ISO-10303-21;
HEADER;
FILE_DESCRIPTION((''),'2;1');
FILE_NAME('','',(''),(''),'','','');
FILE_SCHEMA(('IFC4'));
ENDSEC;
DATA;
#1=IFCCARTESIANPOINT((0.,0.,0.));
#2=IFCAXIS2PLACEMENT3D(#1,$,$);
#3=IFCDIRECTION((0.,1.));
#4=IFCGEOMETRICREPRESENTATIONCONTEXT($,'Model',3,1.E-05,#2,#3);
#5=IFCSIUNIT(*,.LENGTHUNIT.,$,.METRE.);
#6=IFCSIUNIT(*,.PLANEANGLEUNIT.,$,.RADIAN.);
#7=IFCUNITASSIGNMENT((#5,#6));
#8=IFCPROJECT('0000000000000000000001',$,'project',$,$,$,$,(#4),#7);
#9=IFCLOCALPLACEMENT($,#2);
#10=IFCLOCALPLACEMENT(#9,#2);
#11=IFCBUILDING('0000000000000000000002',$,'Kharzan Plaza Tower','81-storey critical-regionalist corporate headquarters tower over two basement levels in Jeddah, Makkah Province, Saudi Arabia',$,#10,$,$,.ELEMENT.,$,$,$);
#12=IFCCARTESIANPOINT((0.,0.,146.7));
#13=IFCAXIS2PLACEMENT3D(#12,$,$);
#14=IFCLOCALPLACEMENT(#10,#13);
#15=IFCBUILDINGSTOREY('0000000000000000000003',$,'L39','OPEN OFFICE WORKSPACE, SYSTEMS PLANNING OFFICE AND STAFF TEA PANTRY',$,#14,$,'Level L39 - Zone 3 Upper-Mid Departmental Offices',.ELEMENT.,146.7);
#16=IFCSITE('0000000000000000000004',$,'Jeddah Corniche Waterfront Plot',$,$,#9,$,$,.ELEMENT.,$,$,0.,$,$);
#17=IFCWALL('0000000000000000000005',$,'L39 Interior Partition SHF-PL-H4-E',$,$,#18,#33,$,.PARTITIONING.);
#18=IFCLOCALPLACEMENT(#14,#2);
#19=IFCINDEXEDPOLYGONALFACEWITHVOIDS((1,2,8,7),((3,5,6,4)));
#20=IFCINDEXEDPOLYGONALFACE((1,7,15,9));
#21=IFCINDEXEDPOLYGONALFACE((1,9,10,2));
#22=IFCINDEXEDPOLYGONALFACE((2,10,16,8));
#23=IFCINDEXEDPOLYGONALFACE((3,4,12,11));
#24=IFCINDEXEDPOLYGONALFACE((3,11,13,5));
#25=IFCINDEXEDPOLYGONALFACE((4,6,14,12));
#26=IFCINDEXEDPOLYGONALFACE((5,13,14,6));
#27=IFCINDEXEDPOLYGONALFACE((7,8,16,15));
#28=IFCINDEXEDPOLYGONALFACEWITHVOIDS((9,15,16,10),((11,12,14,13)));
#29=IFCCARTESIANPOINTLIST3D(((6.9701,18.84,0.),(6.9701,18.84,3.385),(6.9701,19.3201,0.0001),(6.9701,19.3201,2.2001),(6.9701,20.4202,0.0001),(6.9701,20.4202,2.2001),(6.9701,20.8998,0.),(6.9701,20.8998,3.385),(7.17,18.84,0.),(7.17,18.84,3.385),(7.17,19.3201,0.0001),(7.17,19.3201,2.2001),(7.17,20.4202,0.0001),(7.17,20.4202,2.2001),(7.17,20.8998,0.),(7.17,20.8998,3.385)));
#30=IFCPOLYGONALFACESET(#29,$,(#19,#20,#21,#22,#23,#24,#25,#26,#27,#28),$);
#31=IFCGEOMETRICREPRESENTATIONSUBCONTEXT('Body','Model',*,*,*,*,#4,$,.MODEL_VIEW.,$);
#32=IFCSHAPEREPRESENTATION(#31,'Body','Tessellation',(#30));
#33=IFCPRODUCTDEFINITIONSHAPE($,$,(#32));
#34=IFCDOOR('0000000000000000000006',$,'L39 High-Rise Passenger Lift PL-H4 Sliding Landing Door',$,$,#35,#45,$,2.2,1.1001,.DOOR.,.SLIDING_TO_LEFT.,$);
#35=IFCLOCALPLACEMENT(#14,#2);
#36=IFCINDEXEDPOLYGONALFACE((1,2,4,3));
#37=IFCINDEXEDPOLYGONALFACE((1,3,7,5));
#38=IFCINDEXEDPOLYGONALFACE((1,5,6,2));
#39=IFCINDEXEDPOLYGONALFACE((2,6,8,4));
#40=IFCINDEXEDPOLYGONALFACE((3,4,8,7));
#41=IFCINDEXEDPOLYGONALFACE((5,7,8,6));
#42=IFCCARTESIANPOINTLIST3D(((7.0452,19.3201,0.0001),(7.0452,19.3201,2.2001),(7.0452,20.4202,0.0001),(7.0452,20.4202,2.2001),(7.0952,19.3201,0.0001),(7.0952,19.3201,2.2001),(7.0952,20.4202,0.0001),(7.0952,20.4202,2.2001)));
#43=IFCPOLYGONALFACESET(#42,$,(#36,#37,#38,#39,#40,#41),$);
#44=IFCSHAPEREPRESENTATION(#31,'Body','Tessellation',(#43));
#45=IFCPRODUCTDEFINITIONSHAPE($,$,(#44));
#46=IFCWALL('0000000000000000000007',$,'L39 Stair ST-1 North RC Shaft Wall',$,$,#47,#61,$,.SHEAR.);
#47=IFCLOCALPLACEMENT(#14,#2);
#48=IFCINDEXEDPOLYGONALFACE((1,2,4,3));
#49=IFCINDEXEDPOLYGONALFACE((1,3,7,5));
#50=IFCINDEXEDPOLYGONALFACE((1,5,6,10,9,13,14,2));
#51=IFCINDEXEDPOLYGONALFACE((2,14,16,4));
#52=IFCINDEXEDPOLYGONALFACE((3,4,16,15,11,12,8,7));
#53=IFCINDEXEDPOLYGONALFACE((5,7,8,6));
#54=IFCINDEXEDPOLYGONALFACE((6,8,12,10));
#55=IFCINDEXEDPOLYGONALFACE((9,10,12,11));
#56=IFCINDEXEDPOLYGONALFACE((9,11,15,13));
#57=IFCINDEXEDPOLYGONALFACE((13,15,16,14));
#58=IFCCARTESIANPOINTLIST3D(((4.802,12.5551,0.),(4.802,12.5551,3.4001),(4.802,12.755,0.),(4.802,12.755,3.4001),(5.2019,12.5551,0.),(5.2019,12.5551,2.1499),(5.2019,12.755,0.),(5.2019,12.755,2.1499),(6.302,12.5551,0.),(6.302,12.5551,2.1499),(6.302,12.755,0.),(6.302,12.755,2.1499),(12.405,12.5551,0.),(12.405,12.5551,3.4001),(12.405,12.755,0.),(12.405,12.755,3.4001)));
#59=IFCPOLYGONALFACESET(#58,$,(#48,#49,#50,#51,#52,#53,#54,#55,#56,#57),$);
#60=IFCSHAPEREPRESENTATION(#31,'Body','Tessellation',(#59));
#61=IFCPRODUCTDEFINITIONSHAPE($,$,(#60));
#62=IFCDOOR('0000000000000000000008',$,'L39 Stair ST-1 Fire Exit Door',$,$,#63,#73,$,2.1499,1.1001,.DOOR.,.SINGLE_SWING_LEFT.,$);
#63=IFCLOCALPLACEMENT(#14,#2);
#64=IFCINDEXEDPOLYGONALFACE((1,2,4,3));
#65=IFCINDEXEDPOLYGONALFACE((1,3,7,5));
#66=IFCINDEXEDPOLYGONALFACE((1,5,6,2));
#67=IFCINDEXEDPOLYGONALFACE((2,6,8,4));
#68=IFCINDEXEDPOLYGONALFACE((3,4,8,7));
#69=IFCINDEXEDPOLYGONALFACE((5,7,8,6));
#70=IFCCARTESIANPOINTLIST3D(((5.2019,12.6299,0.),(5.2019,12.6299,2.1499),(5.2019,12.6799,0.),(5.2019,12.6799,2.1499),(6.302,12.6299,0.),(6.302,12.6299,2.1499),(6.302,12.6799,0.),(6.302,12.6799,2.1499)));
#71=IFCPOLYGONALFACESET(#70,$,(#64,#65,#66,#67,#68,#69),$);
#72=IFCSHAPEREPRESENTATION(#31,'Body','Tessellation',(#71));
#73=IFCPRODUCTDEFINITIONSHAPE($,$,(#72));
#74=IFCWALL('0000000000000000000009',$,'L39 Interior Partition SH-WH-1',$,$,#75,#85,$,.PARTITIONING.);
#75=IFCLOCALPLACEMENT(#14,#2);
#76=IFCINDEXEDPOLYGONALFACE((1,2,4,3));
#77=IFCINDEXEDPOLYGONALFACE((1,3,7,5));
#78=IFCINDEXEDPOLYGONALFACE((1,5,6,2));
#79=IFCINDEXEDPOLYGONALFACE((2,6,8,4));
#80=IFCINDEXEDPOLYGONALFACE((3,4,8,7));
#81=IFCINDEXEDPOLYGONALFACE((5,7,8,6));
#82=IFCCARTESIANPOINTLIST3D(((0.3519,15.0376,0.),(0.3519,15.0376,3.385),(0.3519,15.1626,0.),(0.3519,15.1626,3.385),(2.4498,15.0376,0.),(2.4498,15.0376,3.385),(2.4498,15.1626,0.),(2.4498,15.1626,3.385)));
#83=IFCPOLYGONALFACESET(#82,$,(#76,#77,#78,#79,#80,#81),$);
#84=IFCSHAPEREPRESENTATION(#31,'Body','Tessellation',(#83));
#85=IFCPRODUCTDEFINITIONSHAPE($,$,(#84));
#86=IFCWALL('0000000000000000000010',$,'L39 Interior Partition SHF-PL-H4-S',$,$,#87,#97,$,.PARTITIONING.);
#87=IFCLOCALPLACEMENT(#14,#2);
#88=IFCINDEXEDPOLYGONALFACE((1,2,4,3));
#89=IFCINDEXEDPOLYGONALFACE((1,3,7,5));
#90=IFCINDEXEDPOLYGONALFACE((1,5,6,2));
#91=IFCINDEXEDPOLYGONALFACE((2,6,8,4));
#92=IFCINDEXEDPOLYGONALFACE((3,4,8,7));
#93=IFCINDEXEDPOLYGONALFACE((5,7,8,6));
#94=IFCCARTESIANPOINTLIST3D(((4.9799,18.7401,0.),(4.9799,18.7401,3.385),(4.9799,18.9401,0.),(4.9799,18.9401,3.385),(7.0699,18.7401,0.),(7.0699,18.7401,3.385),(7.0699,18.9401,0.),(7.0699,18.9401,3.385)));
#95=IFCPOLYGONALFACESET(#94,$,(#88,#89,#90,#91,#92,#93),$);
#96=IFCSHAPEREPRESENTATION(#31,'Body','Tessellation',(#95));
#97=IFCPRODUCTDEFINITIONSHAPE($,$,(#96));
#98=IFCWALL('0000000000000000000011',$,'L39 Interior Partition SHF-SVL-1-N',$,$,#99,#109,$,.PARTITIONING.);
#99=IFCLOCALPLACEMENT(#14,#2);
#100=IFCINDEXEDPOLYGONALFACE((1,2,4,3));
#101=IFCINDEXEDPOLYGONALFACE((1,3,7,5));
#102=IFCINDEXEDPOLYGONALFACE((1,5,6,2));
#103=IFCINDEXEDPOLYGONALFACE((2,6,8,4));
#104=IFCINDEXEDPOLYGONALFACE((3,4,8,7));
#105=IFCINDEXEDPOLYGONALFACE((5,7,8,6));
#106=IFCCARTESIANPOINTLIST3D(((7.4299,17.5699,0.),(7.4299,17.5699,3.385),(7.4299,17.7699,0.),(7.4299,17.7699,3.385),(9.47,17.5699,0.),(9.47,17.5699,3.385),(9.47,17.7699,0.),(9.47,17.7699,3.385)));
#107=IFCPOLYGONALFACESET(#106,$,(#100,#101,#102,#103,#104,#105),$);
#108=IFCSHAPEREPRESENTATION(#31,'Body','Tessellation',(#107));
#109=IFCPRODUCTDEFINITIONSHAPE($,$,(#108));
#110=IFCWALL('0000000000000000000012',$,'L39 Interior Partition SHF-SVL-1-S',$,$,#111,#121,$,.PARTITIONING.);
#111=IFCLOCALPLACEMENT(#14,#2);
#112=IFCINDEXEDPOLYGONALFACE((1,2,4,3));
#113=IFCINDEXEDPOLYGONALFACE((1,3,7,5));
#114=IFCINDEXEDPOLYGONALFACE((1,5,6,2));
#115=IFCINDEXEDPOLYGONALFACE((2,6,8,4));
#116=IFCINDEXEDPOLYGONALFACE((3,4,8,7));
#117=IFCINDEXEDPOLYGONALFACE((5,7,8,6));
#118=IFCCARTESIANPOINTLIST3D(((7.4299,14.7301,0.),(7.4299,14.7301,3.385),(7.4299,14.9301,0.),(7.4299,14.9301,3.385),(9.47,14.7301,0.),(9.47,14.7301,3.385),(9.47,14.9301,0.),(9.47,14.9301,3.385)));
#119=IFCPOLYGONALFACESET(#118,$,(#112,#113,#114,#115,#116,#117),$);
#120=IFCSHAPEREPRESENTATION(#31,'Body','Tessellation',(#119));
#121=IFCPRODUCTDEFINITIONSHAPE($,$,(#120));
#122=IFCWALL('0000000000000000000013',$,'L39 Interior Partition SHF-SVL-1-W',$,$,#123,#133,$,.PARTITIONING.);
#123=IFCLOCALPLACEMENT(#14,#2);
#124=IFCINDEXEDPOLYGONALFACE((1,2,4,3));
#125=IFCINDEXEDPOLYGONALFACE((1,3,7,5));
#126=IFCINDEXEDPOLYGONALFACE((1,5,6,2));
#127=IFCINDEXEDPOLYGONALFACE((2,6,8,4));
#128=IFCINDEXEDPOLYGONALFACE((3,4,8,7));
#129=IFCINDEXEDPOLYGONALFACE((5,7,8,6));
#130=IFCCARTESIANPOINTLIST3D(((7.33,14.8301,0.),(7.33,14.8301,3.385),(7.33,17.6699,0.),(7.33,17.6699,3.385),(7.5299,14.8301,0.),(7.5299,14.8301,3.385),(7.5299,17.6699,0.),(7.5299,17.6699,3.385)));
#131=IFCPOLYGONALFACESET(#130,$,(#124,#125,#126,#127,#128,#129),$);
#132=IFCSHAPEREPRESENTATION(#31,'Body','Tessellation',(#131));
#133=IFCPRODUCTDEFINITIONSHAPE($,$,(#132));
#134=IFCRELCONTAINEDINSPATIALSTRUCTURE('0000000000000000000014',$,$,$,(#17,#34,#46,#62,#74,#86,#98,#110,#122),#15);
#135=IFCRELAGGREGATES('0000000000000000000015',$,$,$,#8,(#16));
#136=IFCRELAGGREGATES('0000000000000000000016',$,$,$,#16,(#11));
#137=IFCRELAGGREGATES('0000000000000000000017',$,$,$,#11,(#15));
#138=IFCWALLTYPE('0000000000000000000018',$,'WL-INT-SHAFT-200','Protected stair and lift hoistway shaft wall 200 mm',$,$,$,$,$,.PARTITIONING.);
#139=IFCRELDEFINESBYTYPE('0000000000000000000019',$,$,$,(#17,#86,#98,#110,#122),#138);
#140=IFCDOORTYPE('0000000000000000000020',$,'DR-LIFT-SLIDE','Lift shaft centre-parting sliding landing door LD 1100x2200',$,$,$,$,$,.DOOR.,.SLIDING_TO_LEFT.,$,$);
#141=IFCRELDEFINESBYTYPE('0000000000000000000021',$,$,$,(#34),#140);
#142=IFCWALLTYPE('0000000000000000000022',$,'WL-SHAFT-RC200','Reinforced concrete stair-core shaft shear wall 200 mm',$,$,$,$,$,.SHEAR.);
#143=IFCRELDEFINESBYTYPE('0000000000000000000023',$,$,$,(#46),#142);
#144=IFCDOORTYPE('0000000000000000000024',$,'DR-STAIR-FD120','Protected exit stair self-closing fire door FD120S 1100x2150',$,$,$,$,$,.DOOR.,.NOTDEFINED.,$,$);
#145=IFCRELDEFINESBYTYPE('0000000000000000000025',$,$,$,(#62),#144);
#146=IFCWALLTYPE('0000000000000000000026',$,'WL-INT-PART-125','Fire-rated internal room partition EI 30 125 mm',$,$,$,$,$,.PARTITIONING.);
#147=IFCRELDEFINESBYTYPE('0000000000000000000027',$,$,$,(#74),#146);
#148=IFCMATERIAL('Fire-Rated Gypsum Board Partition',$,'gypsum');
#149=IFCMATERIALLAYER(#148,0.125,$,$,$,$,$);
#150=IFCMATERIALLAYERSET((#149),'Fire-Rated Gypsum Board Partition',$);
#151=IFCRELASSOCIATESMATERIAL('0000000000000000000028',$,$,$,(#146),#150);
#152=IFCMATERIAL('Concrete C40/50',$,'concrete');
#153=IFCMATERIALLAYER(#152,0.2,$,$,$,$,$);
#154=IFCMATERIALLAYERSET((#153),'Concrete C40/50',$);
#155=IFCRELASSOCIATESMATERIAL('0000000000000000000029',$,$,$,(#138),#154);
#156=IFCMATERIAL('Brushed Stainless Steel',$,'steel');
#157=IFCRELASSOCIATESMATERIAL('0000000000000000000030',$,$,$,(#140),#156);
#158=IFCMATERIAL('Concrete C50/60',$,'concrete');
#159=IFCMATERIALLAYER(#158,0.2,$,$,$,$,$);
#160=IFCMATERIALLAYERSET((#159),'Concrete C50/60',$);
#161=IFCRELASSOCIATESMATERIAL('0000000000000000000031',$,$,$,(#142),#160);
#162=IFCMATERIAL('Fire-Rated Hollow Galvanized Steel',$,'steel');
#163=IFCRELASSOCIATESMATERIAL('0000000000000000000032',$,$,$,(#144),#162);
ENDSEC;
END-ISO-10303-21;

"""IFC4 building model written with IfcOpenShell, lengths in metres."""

from ifc_helpers import new_model, si_unit, direction, frame, frame_2d, origin, place, context, subcontext, project, spatial, rectangle, extrude, source, transform, mapped, material, layer, layer_set, type_object, element, fill, save


model = new_model("IFC4")

# Units and contexts
model_context = context("Model", 3, precision=1e-05, world=origin(), true_north=direction((0.0, 1.0)))
body_context = subcontext(model_context, "Body", "Model", "MODEL_VIEW")
ifc_project = project(units=[si_unit("LENGTHUNIT", "METRE"), si_unit("PLANEANGLEUNIT", "RADIAN")], contexts=[model_context])

# Site, building, storey
site_placement = place(None, origin())
site = spatial("IfcSite", under=ifc_project, at=site_placement, Name="Jeddah Corniche Waterfront Plot", CompositionType="ELEMENT", RefElevation=0.0)
building_placement = place(site_placement, origin())
building = spatial("IfcBuilding", under=site, at=building_placement, Name="Kharzan Plaza Tower", Description="81-storey critical-regionalist corporate headquarters tower over two basement levels in Jeddah, Makkah Province, Saudi Arabia", CompositionType="ELEMENT")
storey_placement = place(building_placement, frame((0.0, 0.0, 146.7)))
storey = spatial("IfcBuildingStorey", under=building, at=storey_placement, Name="L39", Description="OPEN OFFICE WORKSPACE, SYSTEMS PLANNING OFFICE AND STAFF TEA PANTRY", LongName="Level L39 - Zone 3 Upper-Mid Departmental Offices", CompositionType="ELEMENT", Elevation=146.7)

# Shared definitions
ifc_material_1 = material(Name="Concrete C50/60", Category="concrete")

# Shared definitions
ifc_material_2 = material(Name="Concrete C40/50", Category="concrete")

# Walls, openings, doors
ifc_material_3 = material(Name="Fire-Rated Gypsum Board Partition", Category="gypsum")
ifc_layer_1 = layer(ifc_material_3, 0.125)
ifc_layer_set_1 = layer_set([ifc_layer_1], Name="Fire-Rated Gypsum Board Partition")
wall_type_1 = type_object("IfcWallType", Name="WL-INT-PART-125", Description="Fire-rated internal room partition EI 30 125 mm", PredefinedType="PARTITIONING", material=ifc_layer_set_1)
ifc_layer_2 = layer(ifc_material_2, 0.2)
ifc_layer_set_2 = layer_set([ifc_layer_2], Name="Concrete C40/50")
wall_type_2 = type_object("IfcWallType", Name="WL-INT-SHAFT-200", Description="Protected stair and lift hoistway shaft wall 200 mm", PredefinedType="PARTITIONING", material=ifc_layer_set_2)
wall_1_placement = place(storey_placement, frame((7.0701, 18.8401, 0.0), z_axis=(0.0, 0.0, 1.0), x_axis=(0.0, 1.0, 0.0)))
wall_1 = element("IfcWall", 1, at=wall_1_placement, inside=storey, type_object=wall_type_2, Name="L39 Interior Partition SHF-PL-H4-E", PredefinedType="PARTITIONING", context=body_context, shape_type="SweptSolid", body=[
    extrude(rectangle(XDim=2.0598, YDim=0.2, at=frame_2d((1.0298, 0.0))), origin(), (0.0, 0.0, 1.0), 3.385),
])
opening_1_placement = place(wall_1_placement, frame((0.48, 0.0, 0.0)))
opening_1 = element("IfcOpeningElement", 2, at=opening_1_placement, cuts=wall_1, PredefinedType="OPENING", context=body_context, shape_type="SweptSolid", body=[
    extrude(rectangle(XDim=1.1001, YDim=2.2, at=frame_2d((0.55, 1.1001))), frame((0.0, 0.1099, 0.0), z_axis=(0.0, -1.0, 0.0), x_axis=(1.0, 0.0, 0.0)), (0.0, 0.0, 1.0), 0.22),
])
ifc_material_4 = material(Name="Brushed Stainless Steel", Category="steel")
door_type_1 = type_object("IfcDoorType", Name="DR-LIFT-SLIDE", Description="Lift shaft centre-parting sliding landing door LD 1100x2200", OperationType="SLIDING_TO_LEFT", PredefinedType="DOOR", material=ifc_material_4)
shared_shape_1 = source(origin(), body_context, "Body", "SweptSolid", [
    extrude(rectangle(XDim=1.1001, YDim=2.2, at=frame_2d((0.55, 1.1001))), frame((0.0, 0.0249, 0.0), z_axis=(0.0, -1.0, 0.0), x_axis=(1.0, 0.0, 0.0)), (0.0, 0.0, 1.0), 0.05),
])
door_1_placement = place(opening_1_placement, origin())
door_1 = element("IfcDoor", 3, at=door_1_placement, inside=storey, type_object=door_type_1, Name="L39 High-Rise Passenger Lift PL-H4 Sliding Landing Door", OperationType="SLIDING_TO_LEFT", OverallHeight=2.2, OverallWidth=1.1001, PredefinedType="DOOR", context=body_context, shape_type="MappedRepresentation", body=[
    mapped(shared_shape_1, transform((0.0, 0.0, 0.0), x_axis=(1.0, 0.0, 0.0), y_axis=(0.0, 1.0, 0.0), z_axis=(0.0, 0.0, 1.0))),
])
fill(opening_1, door_1)
ifc_layer_3 = layer(ifc_material_1, 0.2)
ifc_layer_set_3 = layer_set([ifc_layer_3], Name="Concrete C50/60")
wall_type_3 = type_object("IfcWallType", Name="WL-SHAFT-RC200", Description="Reinforced concrete stair-core shaft shear wall 200 mm", PredefinedType="SHEAR", material=ifc_layer_set_3)
wall_2_placement = place(storey_placement, frame((4.802, 12.655, 0.0), z_axis=(0.0, 0.0, 1.0), x_axis=(1.0, 0.0, 0.0)))
wall_2 = element("IfcWall", 4, at=wall_2_placement, inside=storey, type_object=wall_type_3, Name="L39 Stair ST-1 North RC Shaft Wall", PredefinedType="SHEAR", context=body_context, shape_type="SweptSolid", body=[
    extrude(rectangle(XDim=7.603, YDim=0.2, at=frame_2d((3.8015, 0.0))), origin(), (0.0, 0.0, 1.0), 3.4001),
])
opening_2_placement = place(wall_2_placement, frame((0.3999, 0.0, 0.0)))
opening_2 = element("IfcOpeningElement", 5, at=opening_2_placement, cuts=wall_2, PredefinedType="OPENING", context=body_context, shape_type="SweptSolid", body=[
    extrude(rectangle(XDim=1.1001, YDim=2.1499, at=frame_2d((0.55, 1.075))), frame((0.0, 0.1099, 0.0), z_axis=(0.0, -1.0, 0.0), x_axis=(1.0, 0.0, 0.0)), (0.0, 0.0, 1.0), 0.22),
])
ifc_material_5 = material(Name="Fire-Rated Hollow Galvanized Steel", Category="steel")
door_type_2 = type_object("IfcDoorType", Name="DR-STAIR-FD120", Description="Protected exit stair self-closing fire door FD120S 1100x2150", OperationType="NOTDEFINED", PredefinedType="DOOR", material=ifc_material_5)
shared_shape_2 = source(origin(), body_context, "Body", "SweptSolid", [
    extrude(rectangle(XDim=1.1001, YDim=2.1499, at=frame_2d((0.55, 1.075))), frame((0.0, 0.0249, 0.0), z_axis=(0.0, -1.0, 0.0), x_axis=(1.0, 0.0, 0.0)), (0.0, 0.0, 1.0), 0.05),
])
door_2_placement = place(opening_2_placement, origin())
door_2 = element("IfcDoor", 6, at=door_2_placement, inside=storey, type_object=door_type_2, Name="L39 Stair ST-1 Fire Exit Door", OperationType="SINGLE_SWING_LEFT", OverallHeight=2.1499, OverallWidth=1.1001, PredefinedType="DOOR", context=body_context, shape_type="MappedRepresentation", body=[
    mapped(shared_shape_2, transform((0.0, 0.0, 0.0), x_axis=(1.0, 0.0, 0.0), y_axis=(0.0, 1.0, 0.0), z_axis=(0.0, 0.0, 1.0))),
])
fill(opening_2, door_2)

# Walls
shared_shape_3 = source(origin(), body_context, "Body", "SweptSolid", [
    extrude(rectangle(XDim=2.0979, YDim=0.125, at=frame_2d((1.0488, 0.0))), origin(), (0.0, 0.0, 1.0), 3.385),
])
wall_3_placement = place(storey_placement, frame((0.3521, 15.1001, 0.0), z_axis=(0.0, 0.0, 1.0), x_axis=(1.0, 0.0, 0.0)))
element("IfcWall", 7, at=wall_3_placement, inside=storey, type_object=wall_type_1, Name="L39 Interior Partition SH-WH-1", PredefinedType="PARTITIONING", context=body_context, shape_type="MappedRepresentation", body=[
    mapped(shared_shape_3, transform((0.0, 0.0, 0.0), x_axis=(1.0, 0.0, 0.0), y_axis=(0.0, 1.0, 0.0), z_axis=(0.0, 0.0, 1.0))),
])
shared_shape_4 = source(origin(), body_context, "Body", "SweptSolid", [
    extrude(rectangle(XDim=2.0901, YDim=0.2, at=frame_2d((1.0449, 0.0))), origin(), (0.0, 0.0, 1.0), 3.385),
])
wall_4_placement = place(storey_placement, frame((4.98, 18.8401, 0.0), z_axis=(0.0, 0.0, 1.0), x_axis=(1.0, 0.0, 0.0)))
element("IfcWall", 8, at=wall_4_placement, inside=storey, type_object=wall_type_2, Name="L39 Interior Partition SHF-PL-H4-S", PredefinedType="PARTITIONING", context=body_context, shape_type="MappedRepresentation", body=[
    mapped(shared_shape_4, transform((0.0, 0.0, 0.0), x_axis=(1.0, 0.0, 0.0), y_axis=(0.0, 1.0, 0.0), z_axis=(0.0, 0.0, 1.0))),
])
shared_shape_5 = source(origin(), body_context, "Body", "SweptSolid", [
    extrude(rectangle(XDim=2.04, YDim=0.2, at=frame_2d((1.02, 0.0))), origin(), (0.0, 0.0, 1.0), 3.385),
])
for number, where, z_axis, x_axis, name in (
    (9, (7.4299, 17.6699, 0.0), (0.0, 0.0, 1.0), (1.0, 0.0, 0.0), "L39 Interior Partition SHF-SVL-1-N"),
    (10, (7.4299, 14.8301, 0.0), (0.0, 0.0, 1.0), (1.0, 0.0, 0.0), "L39 Interior Partition SHF-SVL-1-S"),
):
    element("IfcWall", number, at=place(storey_placement, frame(where, z_axis=z_axis, x_axis=x_axis)), inside=storey, type_object=wall_type_2, Name=name, PredefinedType="PARTITIONING", context=body_context, shape_type="MappedRepresentation", body=[
        mapped(shared_shape_5, transform((0.0, 0.0, 0.0), x_axis=(1.0, 0.0, 0.0), y_axis=(0.0, 1.0, 0.0), z_axis=(0.0, 0.0, 1.0))),
    ])
shared_shape_6 = source(origin(), body_context, "Body", "SweptSolid", [
    extrude(rectangle(XDim=2.8398, YDim=0.2, at=frame_2d((1.4199, 0.0))), origin(), (0.0, 0.0, 1.0), 3.385),
])
wall_5_placement = place(storey_placement, frame((7.4299, 14.8301, 0.0), z_axis=(0.0, 0.0, 1.0), x_axis=(0.0, 1.0, 0.0)))
element("IfcWall", 11, at=wall_5_placement, inside=storey, type_object=wall_type_2, Name="L39 Interior Partition SHF-SVL-1-W", PredefinedType="PARTITIONING", context=body_context, shape_type="MappedRepresentation", body=[
    mapped(shared_shape_6, transform((0.0, 0.0, 0.0), x_axis=(1.0, 0.0, 0.0), y_axis=(0.0, 1.0, 0.0), z_axis=(0.0, 0.0, 1.0))),
])

save(model, "model.ifc")
